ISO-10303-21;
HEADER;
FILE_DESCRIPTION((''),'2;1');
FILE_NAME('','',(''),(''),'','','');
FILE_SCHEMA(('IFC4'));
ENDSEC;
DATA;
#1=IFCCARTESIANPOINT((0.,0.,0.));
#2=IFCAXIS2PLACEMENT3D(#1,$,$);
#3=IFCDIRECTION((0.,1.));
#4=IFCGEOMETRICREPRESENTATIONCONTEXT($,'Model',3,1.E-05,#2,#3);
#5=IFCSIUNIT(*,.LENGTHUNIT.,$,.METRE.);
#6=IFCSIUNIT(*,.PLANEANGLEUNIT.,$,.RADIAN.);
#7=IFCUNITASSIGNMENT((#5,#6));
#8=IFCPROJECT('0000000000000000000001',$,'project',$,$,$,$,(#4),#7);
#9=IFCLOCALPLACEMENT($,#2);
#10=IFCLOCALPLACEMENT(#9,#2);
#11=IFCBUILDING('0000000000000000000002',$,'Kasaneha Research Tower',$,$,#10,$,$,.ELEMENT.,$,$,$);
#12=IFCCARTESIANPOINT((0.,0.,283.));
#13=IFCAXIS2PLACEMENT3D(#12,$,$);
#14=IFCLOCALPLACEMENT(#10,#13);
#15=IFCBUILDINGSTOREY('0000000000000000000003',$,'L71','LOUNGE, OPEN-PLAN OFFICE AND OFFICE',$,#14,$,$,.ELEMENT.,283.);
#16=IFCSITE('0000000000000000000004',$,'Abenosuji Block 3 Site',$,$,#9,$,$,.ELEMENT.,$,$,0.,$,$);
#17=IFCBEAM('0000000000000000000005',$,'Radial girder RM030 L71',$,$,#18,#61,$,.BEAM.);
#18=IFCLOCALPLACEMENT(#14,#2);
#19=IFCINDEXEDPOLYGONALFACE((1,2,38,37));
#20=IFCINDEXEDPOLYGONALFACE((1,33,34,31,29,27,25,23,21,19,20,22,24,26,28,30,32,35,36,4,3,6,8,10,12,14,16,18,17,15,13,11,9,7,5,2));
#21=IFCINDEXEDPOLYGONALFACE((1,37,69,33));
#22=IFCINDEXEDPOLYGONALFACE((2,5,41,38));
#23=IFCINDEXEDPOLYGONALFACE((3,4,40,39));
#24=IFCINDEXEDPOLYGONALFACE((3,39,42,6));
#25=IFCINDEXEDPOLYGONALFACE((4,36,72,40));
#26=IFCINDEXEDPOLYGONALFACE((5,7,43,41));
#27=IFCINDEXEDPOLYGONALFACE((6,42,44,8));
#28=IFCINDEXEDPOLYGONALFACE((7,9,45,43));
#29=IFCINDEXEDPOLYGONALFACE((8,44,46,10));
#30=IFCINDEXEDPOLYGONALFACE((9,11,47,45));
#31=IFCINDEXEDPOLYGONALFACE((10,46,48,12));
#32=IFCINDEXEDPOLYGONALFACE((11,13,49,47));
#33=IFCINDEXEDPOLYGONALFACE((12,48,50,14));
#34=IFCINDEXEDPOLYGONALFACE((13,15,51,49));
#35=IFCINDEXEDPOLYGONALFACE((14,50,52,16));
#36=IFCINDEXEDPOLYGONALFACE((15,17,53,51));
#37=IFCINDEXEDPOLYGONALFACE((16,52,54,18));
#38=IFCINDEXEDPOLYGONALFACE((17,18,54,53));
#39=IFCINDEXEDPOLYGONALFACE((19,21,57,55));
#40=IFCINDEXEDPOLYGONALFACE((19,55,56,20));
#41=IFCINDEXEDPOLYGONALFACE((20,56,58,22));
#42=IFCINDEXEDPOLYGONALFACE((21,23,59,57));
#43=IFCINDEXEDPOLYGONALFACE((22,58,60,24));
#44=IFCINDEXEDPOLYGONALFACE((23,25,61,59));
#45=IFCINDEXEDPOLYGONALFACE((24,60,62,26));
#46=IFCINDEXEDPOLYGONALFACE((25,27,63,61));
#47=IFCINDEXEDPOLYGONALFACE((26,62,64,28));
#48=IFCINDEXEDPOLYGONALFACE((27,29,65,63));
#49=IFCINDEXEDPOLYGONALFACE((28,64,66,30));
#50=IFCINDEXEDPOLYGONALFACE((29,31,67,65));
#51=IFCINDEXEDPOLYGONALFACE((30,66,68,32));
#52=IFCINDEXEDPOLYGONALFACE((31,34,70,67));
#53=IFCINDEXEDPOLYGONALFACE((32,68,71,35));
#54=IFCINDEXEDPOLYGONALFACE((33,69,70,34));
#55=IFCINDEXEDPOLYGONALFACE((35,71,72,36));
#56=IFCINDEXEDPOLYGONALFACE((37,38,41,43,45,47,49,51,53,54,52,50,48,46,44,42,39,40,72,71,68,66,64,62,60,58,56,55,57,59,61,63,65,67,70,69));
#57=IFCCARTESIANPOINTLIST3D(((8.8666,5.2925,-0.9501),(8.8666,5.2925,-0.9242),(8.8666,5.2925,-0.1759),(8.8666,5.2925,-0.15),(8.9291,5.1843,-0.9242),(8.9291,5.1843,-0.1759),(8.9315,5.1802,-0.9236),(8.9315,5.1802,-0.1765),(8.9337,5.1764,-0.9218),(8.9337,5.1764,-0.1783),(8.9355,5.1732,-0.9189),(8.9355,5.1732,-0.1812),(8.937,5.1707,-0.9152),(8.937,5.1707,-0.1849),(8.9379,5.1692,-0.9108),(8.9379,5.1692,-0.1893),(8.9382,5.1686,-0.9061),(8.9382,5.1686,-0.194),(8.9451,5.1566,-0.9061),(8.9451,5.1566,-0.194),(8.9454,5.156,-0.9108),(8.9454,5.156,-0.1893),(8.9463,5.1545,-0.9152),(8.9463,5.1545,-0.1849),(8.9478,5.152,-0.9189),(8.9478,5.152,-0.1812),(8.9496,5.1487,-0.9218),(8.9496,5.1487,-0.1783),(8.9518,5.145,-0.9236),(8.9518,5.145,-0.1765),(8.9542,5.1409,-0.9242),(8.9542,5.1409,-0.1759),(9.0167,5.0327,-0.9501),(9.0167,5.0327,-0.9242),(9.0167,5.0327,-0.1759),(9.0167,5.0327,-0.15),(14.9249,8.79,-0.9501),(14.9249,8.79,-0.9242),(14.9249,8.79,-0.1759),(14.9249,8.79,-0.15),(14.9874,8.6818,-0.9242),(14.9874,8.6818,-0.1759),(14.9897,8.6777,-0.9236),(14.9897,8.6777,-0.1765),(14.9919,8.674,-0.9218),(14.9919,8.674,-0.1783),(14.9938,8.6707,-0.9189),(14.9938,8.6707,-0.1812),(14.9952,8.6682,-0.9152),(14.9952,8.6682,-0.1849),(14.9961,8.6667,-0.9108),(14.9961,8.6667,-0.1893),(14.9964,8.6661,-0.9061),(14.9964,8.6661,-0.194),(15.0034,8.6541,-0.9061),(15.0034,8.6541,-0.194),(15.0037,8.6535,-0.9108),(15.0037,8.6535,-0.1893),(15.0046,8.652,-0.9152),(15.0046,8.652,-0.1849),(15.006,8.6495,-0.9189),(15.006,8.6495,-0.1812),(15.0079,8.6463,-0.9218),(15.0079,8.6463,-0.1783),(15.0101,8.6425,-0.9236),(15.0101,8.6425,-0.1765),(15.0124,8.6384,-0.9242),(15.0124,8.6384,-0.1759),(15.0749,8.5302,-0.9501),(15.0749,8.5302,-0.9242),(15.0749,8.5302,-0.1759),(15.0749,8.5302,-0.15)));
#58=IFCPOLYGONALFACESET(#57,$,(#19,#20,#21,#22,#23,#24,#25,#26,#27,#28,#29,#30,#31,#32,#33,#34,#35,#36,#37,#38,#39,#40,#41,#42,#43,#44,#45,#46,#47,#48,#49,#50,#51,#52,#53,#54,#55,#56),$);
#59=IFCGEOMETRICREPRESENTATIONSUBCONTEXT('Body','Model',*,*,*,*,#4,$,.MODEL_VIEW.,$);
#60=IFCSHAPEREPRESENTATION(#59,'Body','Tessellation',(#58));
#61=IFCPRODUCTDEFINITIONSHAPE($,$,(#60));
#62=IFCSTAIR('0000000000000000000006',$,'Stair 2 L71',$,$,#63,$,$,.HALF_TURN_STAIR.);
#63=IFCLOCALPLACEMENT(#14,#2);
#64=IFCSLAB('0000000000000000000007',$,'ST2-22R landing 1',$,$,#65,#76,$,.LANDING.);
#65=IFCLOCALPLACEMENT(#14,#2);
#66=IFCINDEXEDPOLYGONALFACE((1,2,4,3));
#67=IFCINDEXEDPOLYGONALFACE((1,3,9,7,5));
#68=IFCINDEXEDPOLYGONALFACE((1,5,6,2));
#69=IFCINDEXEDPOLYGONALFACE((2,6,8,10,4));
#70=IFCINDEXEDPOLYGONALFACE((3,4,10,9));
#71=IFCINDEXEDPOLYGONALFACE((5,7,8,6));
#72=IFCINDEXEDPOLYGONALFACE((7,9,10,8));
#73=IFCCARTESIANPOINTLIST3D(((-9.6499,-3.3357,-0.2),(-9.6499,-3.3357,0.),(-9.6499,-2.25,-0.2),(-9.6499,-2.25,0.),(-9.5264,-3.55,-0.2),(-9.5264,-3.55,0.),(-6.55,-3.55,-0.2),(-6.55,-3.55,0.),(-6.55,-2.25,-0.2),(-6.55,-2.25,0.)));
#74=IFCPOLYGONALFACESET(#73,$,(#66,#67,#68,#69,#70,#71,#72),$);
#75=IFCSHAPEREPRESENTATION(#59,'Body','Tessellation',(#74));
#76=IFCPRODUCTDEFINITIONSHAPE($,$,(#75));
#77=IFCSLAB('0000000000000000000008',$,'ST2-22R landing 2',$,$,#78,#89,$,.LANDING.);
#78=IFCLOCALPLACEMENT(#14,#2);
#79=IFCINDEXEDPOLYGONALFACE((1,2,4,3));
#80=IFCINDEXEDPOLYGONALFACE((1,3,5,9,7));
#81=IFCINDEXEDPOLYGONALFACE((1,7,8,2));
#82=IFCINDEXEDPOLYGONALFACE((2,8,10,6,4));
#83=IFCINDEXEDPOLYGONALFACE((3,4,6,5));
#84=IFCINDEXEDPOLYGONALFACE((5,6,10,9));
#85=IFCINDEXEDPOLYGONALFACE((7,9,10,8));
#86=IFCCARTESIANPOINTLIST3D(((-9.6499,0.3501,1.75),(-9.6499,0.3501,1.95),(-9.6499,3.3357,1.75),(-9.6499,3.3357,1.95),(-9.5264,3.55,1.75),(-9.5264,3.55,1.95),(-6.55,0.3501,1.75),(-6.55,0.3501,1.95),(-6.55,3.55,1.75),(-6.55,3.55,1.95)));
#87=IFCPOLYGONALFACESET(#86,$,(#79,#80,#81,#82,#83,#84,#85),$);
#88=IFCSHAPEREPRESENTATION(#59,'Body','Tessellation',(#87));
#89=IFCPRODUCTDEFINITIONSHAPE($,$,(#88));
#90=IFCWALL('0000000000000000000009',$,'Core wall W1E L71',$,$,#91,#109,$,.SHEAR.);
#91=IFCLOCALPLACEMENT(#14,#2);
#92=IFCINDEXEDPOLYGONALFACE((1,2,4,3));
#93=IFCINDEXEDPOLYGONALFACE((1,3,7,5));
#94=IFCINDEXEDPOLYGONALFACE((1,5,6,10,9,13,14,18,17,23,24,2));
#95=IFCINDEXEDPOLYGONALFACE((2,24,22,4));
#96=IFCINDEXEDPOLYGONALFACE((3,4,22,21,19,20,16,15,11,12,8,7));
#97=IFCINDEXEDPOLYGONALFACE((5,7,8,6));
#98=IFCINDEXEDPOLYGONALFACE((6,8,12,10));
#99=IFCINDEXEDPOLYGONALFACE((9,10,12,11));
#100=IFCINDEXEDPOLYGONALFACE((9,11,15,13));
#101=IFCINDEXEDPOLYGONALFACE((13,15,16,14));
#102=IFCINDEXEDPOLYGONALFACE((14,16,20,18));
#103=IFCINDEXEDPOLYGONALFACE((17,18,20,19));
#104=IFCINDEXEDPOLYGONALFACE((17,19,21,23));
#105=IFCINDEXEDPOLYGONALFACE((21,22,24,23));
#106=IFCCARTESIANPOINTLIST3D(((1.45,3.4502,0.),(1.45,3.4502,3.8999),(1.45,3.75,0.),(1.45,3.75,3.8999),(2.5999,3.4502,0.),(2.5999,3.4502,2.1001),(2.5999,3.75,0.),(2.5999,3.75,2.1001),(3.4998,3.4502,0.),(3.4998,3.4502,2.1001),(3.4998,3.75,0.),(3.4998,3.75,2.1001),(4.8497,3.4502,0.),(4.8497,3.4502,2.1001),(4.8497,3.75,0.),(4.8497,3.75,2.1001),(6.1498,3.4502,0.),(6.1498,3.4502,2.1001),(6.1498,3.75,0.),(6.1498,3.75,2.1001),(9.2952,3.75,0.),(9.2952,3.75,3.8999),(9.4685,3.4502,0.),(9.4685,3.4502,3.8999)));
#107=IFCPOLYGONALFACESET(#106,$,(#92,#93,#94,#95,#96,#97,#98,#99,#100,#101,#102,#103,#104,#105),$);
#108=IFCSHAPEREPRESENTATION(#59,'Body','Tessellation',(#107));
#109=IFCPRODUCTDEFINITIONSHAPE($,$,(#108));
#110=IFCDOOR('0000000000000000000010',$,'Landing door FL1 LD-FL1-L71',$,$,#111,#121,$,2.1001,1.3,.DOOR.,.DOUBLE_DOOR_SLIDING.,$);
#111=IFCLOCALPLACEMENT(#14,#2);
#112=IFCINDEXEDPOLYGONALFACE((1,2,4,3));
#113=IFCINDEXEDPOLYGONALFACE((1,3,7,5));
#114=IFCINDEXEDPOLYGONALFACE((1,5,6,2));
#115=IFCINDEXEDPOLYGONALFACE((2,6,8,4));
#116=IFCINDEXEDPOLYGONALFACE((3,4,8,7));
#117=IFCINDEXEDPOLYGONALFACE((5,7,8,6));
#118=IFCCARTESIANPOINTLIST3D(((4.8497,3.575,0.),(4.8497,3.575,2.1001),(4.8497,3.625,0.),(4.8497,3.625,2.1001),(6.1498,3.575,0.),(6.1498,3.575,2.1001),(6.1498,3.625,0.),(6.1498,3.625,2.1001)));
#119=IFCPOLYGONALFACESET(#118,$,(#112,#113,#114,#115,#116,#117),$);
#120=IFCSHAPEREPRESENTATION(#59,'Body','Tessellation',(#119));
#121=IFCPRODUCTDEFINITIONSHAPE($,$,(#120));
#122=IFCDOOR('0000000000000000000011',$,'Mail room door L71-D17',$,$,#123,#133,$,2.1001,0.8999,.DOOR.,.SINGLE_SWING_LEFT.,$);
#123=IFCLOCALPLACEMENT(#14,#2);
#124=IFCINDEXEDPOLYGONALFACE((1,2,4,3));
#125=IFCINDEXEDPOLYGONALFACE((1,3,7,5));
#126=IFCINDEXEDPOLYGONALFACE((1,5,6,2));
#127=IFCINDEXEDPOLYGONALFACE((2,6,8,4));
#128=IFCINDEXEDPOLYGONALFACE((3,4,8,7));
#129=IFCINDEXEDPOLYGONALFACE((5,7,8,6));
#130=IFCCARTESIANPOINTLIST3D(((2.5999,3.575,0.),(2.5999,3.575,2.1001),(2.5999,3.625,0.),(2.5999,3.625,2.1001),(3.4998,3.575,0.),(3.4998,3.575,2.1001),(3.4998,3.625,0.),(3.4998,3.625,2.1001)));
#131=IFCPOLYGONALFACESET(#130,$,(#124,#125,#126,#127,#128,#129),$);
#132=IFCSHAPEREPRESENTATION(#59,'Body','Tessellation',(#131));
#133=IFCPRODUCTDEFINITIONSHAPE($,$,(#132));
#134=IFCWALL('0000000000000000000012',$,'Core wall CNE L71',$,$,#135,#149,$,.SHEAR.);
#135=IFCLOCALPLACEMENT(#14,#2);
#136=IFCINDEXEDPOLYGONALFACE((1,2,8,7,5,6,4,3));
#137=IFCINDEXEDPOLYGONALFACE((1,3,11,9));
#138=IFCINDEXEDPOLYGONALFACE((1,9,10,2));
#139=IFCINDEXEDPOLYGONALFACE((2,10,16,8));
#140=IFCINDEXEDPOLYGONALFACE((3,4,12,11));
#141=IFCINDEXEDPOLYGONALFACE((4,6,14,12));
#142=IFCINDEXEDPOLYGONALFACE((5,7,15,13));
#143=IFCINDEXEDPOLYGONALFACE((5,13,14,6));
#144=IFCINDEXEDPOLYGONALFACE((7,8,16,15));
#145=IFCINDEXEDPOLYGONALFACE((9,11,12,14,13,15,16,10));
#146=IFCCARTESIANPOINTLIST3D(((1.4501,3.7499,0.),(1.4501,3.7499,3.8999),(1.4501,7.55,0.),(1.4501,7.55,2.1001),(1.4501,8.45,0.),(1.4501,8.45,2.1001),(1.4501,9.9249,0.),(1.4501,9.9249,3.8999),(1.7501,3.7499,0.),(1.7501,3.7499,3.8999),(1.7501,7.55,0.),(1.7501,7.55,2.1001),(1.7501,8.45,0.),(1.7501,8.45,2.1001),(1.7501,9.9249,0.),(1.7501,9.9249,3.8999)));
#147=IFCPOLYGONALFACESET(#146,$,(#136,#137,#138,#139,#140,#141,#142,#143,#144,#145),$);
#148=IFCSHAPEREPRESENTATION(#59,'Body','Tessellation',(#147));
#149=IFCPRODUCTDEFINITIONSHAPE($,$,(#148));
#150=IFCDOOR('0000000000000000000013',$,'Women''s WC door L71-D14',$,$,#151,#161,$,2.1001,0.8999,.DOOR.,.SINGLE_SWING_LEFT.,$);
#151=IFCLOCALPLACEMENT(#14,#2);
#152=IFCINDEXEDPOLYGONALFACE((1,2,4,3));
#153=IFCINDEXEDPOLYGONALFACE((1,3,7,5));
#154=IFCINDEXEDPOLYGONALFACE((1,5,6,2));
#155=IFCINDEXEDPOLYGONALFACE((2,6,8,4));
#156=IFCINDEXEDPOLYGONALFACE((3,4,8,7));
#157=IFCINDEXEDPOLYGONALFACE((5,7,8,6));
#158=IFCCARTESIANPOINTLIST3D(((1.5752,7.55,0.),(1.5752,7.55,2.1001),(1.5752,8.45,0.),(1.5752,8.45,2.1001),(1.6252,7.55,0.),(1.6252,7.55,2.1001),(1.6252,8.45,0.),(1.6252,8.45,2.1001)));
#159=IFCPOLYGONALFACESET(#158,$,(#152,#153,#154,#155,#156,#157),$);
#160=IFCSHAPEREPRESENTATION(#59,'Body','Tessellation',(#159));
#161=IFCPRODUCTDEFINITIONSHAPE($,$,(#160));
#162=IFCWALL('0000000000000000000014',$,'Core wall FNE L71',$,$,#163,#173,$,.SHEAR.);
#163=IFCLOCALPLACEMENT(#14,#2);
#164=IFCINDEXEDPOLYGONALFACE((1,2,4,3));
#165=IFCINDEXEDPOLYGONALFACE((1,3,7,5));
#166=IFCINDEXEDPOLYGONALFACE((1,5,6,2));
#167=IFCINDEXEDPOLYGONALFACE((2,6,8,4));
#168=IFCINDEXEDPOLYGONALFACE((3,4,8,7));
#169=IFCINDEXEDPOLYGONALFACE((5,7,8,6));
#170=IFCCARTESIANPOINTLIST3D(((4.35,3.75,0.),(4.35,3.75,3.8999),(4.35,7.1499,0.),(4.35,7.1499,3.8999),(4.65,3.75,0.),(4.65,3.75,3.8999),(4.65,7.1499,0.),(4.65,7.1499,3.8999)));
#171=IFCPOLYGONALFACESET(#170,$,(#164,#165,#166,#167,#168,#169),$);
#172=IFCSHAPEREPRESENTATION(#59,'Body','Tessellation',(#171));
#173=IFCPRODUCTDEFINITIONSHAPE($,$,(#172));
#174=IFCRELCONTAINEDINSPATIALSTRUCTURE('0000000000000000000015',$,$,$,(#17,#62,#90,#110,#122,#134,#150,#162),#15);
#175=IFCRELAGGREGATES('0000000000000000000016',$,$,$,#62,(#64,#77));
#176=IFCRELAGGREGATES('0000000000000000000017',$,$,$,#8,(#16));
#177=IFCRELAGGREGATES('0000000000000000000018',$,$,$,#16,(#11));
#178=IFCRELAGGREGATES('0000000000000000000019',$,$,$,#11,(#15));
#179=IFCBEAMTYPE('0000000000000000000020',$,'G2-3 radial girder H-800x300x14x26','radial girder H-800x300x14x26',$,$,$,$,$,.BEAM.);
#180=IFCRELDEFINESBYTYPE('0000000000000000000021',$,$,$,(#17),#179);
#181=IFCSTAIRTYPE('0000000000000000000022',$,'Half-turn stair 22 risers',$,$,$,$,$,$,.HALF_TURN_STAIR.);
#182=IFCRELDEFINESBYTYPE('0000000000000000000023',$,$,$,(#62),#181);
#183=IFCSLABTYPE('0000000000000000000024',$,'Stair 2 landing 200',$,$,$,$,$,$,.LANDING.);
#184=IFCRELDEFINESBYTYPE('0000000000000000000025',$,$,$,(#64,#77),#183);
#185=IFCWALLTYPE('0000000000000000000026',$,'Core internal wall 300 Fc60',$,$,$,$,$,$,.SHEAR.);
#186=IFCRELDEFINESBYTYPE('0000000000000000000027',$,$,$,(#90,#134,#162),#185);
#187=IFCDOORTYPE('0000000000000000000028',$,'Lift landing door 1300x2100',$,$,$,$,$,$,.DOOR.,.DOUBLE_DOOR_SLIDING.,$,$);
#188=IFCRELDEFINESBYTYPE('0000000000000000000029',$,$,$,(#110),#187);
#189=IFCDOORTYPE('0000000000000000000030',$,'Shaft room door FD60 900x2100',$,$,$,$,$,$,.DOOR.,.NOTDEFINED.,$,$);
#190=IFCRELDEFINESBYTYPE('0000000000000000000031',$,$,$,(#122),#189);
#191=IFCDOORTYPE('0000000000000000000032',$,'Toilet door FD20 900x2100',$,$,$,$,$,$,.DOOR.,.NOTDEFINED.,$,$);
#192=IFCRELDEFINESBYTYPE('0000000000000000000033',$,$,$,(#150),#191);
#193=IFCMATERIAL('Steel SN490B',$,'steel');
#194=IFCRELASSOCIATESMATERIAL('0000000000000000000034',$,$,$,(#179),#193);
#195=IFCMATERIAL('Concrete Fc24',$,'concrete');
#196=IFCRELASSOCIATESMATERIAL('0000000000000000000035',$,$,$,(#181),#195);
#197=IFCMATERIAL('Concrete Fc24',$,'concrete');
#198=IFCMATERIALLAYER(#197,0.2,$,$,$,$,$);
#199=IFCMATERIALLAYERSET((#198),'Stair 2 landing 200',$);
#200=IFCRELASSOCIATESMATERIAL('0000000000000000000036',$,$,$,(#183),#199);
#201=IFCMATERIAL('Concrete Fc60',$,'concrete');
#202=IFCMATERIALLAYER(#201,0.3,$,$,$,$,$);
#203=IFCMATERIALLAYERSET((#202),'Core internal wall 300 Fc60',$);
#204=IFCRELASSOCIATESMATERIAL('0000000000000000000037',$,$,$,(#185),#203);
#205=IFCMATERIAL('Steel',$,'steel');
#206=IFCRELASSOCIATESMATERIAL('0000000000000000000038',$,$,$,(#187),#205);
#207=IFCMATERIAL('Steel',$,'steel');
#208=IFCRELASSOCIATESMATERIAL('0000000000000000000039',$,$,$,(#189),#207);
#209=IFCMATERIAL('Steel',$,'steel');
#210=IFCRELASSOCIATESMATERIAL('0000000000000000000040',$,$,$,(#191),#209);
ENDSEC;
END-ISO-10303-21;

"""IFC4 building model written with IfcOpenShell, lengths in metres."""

from ifc_helpers import new_model, si_unit, direction, frame, frame_2d, origin, origin_2d, place, context, subcontext, project, spatial, polyline, rectangle, i_section, outline, extrude, material, layer, layer_set, material_profile, profile_set, type_object, element, fill, aggregate, save


model = new_model("IFC4")

# Units and contexts
model_context = context("Model", 3, precision=1e-05, world=origin(), true_north=direction((0.0, 1.0)))
body_context = subcontext(model_context, "Body", "Model", "MODEL_VIEW")
ifc_project = project(units=[si_unit("LENGTHUNIT", "METRE"), si_unit("PLANEANGLEUNIT", "RADIAN")], contexts=[model_context])

# Site, building, storey
site_placement = place(None, origin())
site = spatial("IfcSite", under=ifc_project, at=site_placement, Name="Abenosuji Block 3 Site", CompositionType="ELEMENT", RefElevation=0.0)
building_placement = place(site_placement, origin())
building = spatial("IfcBuilding", under=site, at=building_placement, Name="Kasaneha Research Tower", CompositionType="ELEMENT")
storey_placement = place(building_placement, frame((0.0, 0.0, 283.0)))
storey = spatial("IfcBuildingStorey", under=building, at=storey_placement, Name="L71", Description="LOUNGE, OPEN-PLAN OFFICE AND OFFICE", CompositionType="ELEMENT", Elevation=283.0)

# Beam
ifc_material_1 = material(Name="Steel SN490B", Category="steel")
ifc_material_profile = material_profile(ifc_material_1, i_section(OverallWidth=0.3, OverallDepth=0.8, WebThickness=0.0139, FlangeThickness=0.0259, FilletRadius=0.0181, at=origin_2d()), Name="H-800x300x14x26")
ifc_profile_set = profile_set([ifc_material_profile], Name="Steel SN490B")
beam_type = type_object("IfcBeamType", Name="G2-3 radial girder H-800x300x14x26", Description="radial girder H-800x300x14x26", PredefinedType="BEAM", material=ifc_profile_set)
beam_placement = place(storey_placement, frame((8.9417, 5.1626, -0.55), z_axis=(0.86604, 0.499975, 0.0), x_axis=(-0.499975, 0.86604, 0.0)))
element("IfcBeam", 1, at=beam_placement, inside=storey, type_object=beam_type, Name="Radial girder RM030 L71", PredefinedType="BEAM", context=body_context, shape_type="SweptSolid", body=[
    extrude(i_section(OverallWidth=0.3, OverallDepth=0.8, WebThickness=0.0139, FlangeThickness=0.0259, FilletRadius=0.0181, at=origin_2d()), origin(), (0.0, 0.0, 1.0), 6.9954),
])

# Stair, slabs
ifc_material_2 = material(Name="Concrete Fc24", Category="concrete")
stair_type = type_object("IfcStairType", Name="Half-turn stair 22 risers", PredefinedType="HALF_TURN_STAIR", material=ifc_material_2)
stair_1_placement = place(storey_placement, origin())
stair_1 = element("IfcStair", 2, at=stair_1_placement, inside=storey, type_object=stair_type, Name="Stair 2 L71", PredefinedType="HALF_TURN_STAIR")
ifc_material_3 = material(Name="Concrete Fc24", Category="concrete")
ifc_layer_1 = layer(ifc_material_3, 0.2)
ifc_layer_set_1 = layer_set([ifc_layer_1], Name="Stair 2 landing 200")
slab_type = type_object("IfcSlabType", Name="Stair 2 landing 200", PredefinedType="LANDING", material=ifc_layer_set_1)
slab_1_placement = place(storey_placement, frame((0.0, 0.0, -0.2)))
slab_1 = element("IfcSlab", 3, at=slab_1_placement, type_object=slab_type, Name="ST2-22R landing 1", PredefinedType="LANDING", context=body_context, shape_type="SweptSolid", body=[
    extrude(outline(polyline([(-6.55, -3.55), (-9.5264, -3.55), (-9.6499, -3.3357), (-9.6499, -2.25), (-6.55, -2.25), (-6.55, -3.55)])), origin(), (0.0, 0.0, 1.0), 0.2),
])
slab_2_placement = place(storey_placement, frame((0.0, 0.0, 1.75)))
slab_2 = element("IfcSlab", 4, at=slab_2_placement, type_object=slab_type, Name="ST2-22R landing 2", PredefinedType="LANDING", context=body_context, shape_type="SweptSolid", body=[
    extrude(outline(polyline([(-6.55, 0.3501), (-9.6499, 0.3501), (-9.6499, 3.3357), (-9.5264, 3.55), (-6.55, 3.55), (-6.55, 0.3501)])), origin(), (0.0, 0.0, 1.0), 0.2),
])
aggregate(stair_1, [slab_1, slab_2])

# Wall, openings, doors
ifc_material_4 = material(Name="Concrete Fc60", Category="concrete")
ifc_layer_2 = layer(ifc_material_4, 0.3)
ifc_layer_set_2 = layer_set([ifc_layer_2], Name="Core internal wall 300 Fc60")
wall_type_1 = type_object("IfcWallType", Name="Core internal wall 300 Fc60", PredefinedType="SHEAR", material=ifc_layer_set_2)
wall_1_placement = place(storey_placement, frame((1.45, 3.6001, 0.0), z_axis=(0.0, 0.0, 1.0), x_axis=(1.0, 0.0, 0.0)))
wall_1 = element("IfcWall", 5, at=wall_1_placement, inside=storey, type_object=wall_type_1, Name="Core wall W1E L71", PredefinedType="SHEAR", context=body_context, shape_type="SweptSolid", body=[
    extrude(outline(polyline([(0.0, -0.1499), (1.1499, -0.1499), (2.0498, -0.1499), (3.3999, -0.1499), (4.7, -0.1499), (8.0186, -0.1499), (7.8452, 0.1499), (4.7, 0.1499), (3.3999, 0.1499), (2.0498, 0.1499), (1.1499, 0.1499), (0.0, 0.1499), (0.0, -0.1499)])), origin(), (0.0, 0.0, 1.0), 3.8999),
])
opening_1_placement = place(wall_1_placement, frame((1.1499, 0.0, 0.0)))
opening_1 = element("IfcOpeningElement", 6, at=opening_1_placement, cuts=wall_1, PredefinedType="OPENING", context=body_context, shape_type="SweptSolid", body=[
    extrude(rectangle(XDim=0.8999, YDim=2.1001, at=frame_2d((0.45, 1.05))), frame((0.0, 0.1602, 0.0), z_axis=(0.0, -1.0, 0.0), x_axis=(1.0, 0.0, 0.0)), (0.0, 0.0, 1.0), 0.3201),
])
opening_2_placement = place(wall_1_placement, frame((3.3999, 0.0, 0.0)))
opening_2 = element("IfcOpeningElement", 7, at=opening_2_placement, cuts=wall_1, PredefinedType="OPENING", context=body_context, shape_type="SweptSolid", body=[
    extrude(rectangle(XDim=1.3, YDim=2.1001, at=frame_2d((0.6499, 1.05))), frame((0.0, 0.1602, 0.0), z_axis=(0.0, -1.0, 0.0), x_axis=(1.0, 0.0, 0.0)), (0.0, 0.0, 1.0), 0.3201),
])
ifc_material_5 = material(Name="Steel", Category="steel")
door_type_1 = type_object("IfcDoorType", Name="Lift landing door 1300x2100", OperationType="DOUBLE_DOOR_SLIDING", PredefinedType="DOOR", material=ifc_material_5)
door_1_placement = place(opening_2_placement, origin())
door_1 = element("IfcDoor", 8, at=door_1_placement, inside=storey, type_object=door_type_1, Name="Landing door FL1 LD-FL1-L71", OperationType="DOUBLE_DOOR_SLIDING", OverallHeight=2.1001, OverallWidth=1.3, PredefinedType="DOOR", context=body_context, shape_type="SweptSolid", body=[
    extrude(rectangle(XDim=1.3, YDim=2.1001, at=frame_2d((0.6499, 1.05))), frame((0.0, 0.0249, 0.0), z_axis=(0.0, -1.0, 0.0), x_axis=(1.0, 0.0, 0.0)), (0.0, 0.0, 1.0), 0.05),
])
fill(opening_2, door_1)
ifc_material_6 = material(Name="Steel", Category="steel")
door_type_2 = type_object("IfcDoorType", Name="Shaft room door FD60 900x2100", OperationType="NOTDEFINED", PredefinedType="DOOR", material=ifc_material_6)
door_2_placement = place(opening_1_placement, origin())
door_2 = element("IfcDoor", 9, at=door_2_placement, inside=storey, type_object=door_type_2, Name="Mail room door L71-D17", OperationType="SINGLE_SWING_LEFT", OverallHeight=2.1001, OverallWidth=0.8999, PredefinedType="DOOR", context=body_context, shape_type="SweptSolid", body=[
    extrude(rectangle(XDim=0.8999, YDim=2.1001, at=frame_2d((0.45, 1.05))), frame((0.0, 0.0249, 0.0), z_axis=(0.0, -1.0, 0.0), x_axis=(1.0, 0.0, 0.0)), (0.0, 0.0, 1.0), 0.05),
])
fill(opening_1, door_2)

# Wall, opening, door
wall_2_placement = place(storey_placement, frame((1.6001, 3.75, 0.0), z_axis=(0.0, 0.0, 1.0), x_axis=(0.0, 1.0, 0.0)))
wall_2 = element("IfcWall", 10, at=wall_2_placement, inside=storey, type_object=wall_type_1, Name="Core wall CNE L71", PredefinedType="SHEAR", context=body_context, shape_type="SweptSolid", body=[
    extrude(rectangle(XDim=6.175, YDim=0.3, at=frame_2d((3.0874, 0.0))), origin(), (0.0, 0.0, 1.0), 3.8999),
])
opening_3_placement = place(wall_2_placement, frame((3.8, 0.0, 0.0)))
opening_3 = element("IfcOpeningElement", 11, at=opening_3_placement, cuts=wall_2, PredefinedType="OPENING", context=body_context, shape_type="SweptSolid", body=[
    extrude(rectangle(XDim=0.8999, YDim=2.1001, at=frame_2d((0.45, 1.05))), frame((0.0, 0.1602, 0.0), z_axis=(0.0, -1.0, 0.0), x_axis=(1.0, 0.0, 0.0)), (0.0, 0.0, 1.0), 0.3201),
])
ifc_material_7 = material(Name="Steel", Category="steel")
door_type_3 = type_object("IfcDoorType", Name="Toilet door FD20 900x2100", OperationType="NOTDEFINED", PredefinedType="DOOR", material=ifc_material_7)
door_3_placement = place(opening_3_placement, origin())
door_3 = element("IfcDoor", 12, at=door_3_placement, inside=storey, type_object=door_type_3, Name="Women's WC door L71-D14", OperationType="SINGLE_SWING_LEFT", OverallHeight=2.1001, OverallWidth=0.8999, PredefinedType="DOOR", context=body_context, shape_type="SweptSolid", body=[
    extrude(rectangle(XDim=0.8999, YDim=2.1001, at=frame_2d((0.45, 1.05))), frame((0.0, 0.0249, 0.0), z_axis=(0.0, -1.0, 0.0), x_axis=(1.0, 0.0, 0.0)), (0.0, 0.0, 1.0), 0.05),
])
fill(opening_3, door_3)

# Wall
wall_3_placement = place(storey_placement, frame((4.5, 3.75, 0.0), z_axis=(0.0, 0.0, 1.0), x_axis=(0.0, 1.0, 0.0)))
element("IfcWall", 13, at=wall_3_placement, inside=storey, type_object=wall_type_1, Name="Core wall FNE L71", PredefinedType="SHEAR", context=body_context, shape_type="SweptSolid", body=[
    extrude(rectangle(XDim=3.3999, YDim=0.3, at=frame_2d((1.7, 0.0))), origin(), (0.0, 0.0, 1.0), 3.8999),
])

save(model, "model.ifc")
